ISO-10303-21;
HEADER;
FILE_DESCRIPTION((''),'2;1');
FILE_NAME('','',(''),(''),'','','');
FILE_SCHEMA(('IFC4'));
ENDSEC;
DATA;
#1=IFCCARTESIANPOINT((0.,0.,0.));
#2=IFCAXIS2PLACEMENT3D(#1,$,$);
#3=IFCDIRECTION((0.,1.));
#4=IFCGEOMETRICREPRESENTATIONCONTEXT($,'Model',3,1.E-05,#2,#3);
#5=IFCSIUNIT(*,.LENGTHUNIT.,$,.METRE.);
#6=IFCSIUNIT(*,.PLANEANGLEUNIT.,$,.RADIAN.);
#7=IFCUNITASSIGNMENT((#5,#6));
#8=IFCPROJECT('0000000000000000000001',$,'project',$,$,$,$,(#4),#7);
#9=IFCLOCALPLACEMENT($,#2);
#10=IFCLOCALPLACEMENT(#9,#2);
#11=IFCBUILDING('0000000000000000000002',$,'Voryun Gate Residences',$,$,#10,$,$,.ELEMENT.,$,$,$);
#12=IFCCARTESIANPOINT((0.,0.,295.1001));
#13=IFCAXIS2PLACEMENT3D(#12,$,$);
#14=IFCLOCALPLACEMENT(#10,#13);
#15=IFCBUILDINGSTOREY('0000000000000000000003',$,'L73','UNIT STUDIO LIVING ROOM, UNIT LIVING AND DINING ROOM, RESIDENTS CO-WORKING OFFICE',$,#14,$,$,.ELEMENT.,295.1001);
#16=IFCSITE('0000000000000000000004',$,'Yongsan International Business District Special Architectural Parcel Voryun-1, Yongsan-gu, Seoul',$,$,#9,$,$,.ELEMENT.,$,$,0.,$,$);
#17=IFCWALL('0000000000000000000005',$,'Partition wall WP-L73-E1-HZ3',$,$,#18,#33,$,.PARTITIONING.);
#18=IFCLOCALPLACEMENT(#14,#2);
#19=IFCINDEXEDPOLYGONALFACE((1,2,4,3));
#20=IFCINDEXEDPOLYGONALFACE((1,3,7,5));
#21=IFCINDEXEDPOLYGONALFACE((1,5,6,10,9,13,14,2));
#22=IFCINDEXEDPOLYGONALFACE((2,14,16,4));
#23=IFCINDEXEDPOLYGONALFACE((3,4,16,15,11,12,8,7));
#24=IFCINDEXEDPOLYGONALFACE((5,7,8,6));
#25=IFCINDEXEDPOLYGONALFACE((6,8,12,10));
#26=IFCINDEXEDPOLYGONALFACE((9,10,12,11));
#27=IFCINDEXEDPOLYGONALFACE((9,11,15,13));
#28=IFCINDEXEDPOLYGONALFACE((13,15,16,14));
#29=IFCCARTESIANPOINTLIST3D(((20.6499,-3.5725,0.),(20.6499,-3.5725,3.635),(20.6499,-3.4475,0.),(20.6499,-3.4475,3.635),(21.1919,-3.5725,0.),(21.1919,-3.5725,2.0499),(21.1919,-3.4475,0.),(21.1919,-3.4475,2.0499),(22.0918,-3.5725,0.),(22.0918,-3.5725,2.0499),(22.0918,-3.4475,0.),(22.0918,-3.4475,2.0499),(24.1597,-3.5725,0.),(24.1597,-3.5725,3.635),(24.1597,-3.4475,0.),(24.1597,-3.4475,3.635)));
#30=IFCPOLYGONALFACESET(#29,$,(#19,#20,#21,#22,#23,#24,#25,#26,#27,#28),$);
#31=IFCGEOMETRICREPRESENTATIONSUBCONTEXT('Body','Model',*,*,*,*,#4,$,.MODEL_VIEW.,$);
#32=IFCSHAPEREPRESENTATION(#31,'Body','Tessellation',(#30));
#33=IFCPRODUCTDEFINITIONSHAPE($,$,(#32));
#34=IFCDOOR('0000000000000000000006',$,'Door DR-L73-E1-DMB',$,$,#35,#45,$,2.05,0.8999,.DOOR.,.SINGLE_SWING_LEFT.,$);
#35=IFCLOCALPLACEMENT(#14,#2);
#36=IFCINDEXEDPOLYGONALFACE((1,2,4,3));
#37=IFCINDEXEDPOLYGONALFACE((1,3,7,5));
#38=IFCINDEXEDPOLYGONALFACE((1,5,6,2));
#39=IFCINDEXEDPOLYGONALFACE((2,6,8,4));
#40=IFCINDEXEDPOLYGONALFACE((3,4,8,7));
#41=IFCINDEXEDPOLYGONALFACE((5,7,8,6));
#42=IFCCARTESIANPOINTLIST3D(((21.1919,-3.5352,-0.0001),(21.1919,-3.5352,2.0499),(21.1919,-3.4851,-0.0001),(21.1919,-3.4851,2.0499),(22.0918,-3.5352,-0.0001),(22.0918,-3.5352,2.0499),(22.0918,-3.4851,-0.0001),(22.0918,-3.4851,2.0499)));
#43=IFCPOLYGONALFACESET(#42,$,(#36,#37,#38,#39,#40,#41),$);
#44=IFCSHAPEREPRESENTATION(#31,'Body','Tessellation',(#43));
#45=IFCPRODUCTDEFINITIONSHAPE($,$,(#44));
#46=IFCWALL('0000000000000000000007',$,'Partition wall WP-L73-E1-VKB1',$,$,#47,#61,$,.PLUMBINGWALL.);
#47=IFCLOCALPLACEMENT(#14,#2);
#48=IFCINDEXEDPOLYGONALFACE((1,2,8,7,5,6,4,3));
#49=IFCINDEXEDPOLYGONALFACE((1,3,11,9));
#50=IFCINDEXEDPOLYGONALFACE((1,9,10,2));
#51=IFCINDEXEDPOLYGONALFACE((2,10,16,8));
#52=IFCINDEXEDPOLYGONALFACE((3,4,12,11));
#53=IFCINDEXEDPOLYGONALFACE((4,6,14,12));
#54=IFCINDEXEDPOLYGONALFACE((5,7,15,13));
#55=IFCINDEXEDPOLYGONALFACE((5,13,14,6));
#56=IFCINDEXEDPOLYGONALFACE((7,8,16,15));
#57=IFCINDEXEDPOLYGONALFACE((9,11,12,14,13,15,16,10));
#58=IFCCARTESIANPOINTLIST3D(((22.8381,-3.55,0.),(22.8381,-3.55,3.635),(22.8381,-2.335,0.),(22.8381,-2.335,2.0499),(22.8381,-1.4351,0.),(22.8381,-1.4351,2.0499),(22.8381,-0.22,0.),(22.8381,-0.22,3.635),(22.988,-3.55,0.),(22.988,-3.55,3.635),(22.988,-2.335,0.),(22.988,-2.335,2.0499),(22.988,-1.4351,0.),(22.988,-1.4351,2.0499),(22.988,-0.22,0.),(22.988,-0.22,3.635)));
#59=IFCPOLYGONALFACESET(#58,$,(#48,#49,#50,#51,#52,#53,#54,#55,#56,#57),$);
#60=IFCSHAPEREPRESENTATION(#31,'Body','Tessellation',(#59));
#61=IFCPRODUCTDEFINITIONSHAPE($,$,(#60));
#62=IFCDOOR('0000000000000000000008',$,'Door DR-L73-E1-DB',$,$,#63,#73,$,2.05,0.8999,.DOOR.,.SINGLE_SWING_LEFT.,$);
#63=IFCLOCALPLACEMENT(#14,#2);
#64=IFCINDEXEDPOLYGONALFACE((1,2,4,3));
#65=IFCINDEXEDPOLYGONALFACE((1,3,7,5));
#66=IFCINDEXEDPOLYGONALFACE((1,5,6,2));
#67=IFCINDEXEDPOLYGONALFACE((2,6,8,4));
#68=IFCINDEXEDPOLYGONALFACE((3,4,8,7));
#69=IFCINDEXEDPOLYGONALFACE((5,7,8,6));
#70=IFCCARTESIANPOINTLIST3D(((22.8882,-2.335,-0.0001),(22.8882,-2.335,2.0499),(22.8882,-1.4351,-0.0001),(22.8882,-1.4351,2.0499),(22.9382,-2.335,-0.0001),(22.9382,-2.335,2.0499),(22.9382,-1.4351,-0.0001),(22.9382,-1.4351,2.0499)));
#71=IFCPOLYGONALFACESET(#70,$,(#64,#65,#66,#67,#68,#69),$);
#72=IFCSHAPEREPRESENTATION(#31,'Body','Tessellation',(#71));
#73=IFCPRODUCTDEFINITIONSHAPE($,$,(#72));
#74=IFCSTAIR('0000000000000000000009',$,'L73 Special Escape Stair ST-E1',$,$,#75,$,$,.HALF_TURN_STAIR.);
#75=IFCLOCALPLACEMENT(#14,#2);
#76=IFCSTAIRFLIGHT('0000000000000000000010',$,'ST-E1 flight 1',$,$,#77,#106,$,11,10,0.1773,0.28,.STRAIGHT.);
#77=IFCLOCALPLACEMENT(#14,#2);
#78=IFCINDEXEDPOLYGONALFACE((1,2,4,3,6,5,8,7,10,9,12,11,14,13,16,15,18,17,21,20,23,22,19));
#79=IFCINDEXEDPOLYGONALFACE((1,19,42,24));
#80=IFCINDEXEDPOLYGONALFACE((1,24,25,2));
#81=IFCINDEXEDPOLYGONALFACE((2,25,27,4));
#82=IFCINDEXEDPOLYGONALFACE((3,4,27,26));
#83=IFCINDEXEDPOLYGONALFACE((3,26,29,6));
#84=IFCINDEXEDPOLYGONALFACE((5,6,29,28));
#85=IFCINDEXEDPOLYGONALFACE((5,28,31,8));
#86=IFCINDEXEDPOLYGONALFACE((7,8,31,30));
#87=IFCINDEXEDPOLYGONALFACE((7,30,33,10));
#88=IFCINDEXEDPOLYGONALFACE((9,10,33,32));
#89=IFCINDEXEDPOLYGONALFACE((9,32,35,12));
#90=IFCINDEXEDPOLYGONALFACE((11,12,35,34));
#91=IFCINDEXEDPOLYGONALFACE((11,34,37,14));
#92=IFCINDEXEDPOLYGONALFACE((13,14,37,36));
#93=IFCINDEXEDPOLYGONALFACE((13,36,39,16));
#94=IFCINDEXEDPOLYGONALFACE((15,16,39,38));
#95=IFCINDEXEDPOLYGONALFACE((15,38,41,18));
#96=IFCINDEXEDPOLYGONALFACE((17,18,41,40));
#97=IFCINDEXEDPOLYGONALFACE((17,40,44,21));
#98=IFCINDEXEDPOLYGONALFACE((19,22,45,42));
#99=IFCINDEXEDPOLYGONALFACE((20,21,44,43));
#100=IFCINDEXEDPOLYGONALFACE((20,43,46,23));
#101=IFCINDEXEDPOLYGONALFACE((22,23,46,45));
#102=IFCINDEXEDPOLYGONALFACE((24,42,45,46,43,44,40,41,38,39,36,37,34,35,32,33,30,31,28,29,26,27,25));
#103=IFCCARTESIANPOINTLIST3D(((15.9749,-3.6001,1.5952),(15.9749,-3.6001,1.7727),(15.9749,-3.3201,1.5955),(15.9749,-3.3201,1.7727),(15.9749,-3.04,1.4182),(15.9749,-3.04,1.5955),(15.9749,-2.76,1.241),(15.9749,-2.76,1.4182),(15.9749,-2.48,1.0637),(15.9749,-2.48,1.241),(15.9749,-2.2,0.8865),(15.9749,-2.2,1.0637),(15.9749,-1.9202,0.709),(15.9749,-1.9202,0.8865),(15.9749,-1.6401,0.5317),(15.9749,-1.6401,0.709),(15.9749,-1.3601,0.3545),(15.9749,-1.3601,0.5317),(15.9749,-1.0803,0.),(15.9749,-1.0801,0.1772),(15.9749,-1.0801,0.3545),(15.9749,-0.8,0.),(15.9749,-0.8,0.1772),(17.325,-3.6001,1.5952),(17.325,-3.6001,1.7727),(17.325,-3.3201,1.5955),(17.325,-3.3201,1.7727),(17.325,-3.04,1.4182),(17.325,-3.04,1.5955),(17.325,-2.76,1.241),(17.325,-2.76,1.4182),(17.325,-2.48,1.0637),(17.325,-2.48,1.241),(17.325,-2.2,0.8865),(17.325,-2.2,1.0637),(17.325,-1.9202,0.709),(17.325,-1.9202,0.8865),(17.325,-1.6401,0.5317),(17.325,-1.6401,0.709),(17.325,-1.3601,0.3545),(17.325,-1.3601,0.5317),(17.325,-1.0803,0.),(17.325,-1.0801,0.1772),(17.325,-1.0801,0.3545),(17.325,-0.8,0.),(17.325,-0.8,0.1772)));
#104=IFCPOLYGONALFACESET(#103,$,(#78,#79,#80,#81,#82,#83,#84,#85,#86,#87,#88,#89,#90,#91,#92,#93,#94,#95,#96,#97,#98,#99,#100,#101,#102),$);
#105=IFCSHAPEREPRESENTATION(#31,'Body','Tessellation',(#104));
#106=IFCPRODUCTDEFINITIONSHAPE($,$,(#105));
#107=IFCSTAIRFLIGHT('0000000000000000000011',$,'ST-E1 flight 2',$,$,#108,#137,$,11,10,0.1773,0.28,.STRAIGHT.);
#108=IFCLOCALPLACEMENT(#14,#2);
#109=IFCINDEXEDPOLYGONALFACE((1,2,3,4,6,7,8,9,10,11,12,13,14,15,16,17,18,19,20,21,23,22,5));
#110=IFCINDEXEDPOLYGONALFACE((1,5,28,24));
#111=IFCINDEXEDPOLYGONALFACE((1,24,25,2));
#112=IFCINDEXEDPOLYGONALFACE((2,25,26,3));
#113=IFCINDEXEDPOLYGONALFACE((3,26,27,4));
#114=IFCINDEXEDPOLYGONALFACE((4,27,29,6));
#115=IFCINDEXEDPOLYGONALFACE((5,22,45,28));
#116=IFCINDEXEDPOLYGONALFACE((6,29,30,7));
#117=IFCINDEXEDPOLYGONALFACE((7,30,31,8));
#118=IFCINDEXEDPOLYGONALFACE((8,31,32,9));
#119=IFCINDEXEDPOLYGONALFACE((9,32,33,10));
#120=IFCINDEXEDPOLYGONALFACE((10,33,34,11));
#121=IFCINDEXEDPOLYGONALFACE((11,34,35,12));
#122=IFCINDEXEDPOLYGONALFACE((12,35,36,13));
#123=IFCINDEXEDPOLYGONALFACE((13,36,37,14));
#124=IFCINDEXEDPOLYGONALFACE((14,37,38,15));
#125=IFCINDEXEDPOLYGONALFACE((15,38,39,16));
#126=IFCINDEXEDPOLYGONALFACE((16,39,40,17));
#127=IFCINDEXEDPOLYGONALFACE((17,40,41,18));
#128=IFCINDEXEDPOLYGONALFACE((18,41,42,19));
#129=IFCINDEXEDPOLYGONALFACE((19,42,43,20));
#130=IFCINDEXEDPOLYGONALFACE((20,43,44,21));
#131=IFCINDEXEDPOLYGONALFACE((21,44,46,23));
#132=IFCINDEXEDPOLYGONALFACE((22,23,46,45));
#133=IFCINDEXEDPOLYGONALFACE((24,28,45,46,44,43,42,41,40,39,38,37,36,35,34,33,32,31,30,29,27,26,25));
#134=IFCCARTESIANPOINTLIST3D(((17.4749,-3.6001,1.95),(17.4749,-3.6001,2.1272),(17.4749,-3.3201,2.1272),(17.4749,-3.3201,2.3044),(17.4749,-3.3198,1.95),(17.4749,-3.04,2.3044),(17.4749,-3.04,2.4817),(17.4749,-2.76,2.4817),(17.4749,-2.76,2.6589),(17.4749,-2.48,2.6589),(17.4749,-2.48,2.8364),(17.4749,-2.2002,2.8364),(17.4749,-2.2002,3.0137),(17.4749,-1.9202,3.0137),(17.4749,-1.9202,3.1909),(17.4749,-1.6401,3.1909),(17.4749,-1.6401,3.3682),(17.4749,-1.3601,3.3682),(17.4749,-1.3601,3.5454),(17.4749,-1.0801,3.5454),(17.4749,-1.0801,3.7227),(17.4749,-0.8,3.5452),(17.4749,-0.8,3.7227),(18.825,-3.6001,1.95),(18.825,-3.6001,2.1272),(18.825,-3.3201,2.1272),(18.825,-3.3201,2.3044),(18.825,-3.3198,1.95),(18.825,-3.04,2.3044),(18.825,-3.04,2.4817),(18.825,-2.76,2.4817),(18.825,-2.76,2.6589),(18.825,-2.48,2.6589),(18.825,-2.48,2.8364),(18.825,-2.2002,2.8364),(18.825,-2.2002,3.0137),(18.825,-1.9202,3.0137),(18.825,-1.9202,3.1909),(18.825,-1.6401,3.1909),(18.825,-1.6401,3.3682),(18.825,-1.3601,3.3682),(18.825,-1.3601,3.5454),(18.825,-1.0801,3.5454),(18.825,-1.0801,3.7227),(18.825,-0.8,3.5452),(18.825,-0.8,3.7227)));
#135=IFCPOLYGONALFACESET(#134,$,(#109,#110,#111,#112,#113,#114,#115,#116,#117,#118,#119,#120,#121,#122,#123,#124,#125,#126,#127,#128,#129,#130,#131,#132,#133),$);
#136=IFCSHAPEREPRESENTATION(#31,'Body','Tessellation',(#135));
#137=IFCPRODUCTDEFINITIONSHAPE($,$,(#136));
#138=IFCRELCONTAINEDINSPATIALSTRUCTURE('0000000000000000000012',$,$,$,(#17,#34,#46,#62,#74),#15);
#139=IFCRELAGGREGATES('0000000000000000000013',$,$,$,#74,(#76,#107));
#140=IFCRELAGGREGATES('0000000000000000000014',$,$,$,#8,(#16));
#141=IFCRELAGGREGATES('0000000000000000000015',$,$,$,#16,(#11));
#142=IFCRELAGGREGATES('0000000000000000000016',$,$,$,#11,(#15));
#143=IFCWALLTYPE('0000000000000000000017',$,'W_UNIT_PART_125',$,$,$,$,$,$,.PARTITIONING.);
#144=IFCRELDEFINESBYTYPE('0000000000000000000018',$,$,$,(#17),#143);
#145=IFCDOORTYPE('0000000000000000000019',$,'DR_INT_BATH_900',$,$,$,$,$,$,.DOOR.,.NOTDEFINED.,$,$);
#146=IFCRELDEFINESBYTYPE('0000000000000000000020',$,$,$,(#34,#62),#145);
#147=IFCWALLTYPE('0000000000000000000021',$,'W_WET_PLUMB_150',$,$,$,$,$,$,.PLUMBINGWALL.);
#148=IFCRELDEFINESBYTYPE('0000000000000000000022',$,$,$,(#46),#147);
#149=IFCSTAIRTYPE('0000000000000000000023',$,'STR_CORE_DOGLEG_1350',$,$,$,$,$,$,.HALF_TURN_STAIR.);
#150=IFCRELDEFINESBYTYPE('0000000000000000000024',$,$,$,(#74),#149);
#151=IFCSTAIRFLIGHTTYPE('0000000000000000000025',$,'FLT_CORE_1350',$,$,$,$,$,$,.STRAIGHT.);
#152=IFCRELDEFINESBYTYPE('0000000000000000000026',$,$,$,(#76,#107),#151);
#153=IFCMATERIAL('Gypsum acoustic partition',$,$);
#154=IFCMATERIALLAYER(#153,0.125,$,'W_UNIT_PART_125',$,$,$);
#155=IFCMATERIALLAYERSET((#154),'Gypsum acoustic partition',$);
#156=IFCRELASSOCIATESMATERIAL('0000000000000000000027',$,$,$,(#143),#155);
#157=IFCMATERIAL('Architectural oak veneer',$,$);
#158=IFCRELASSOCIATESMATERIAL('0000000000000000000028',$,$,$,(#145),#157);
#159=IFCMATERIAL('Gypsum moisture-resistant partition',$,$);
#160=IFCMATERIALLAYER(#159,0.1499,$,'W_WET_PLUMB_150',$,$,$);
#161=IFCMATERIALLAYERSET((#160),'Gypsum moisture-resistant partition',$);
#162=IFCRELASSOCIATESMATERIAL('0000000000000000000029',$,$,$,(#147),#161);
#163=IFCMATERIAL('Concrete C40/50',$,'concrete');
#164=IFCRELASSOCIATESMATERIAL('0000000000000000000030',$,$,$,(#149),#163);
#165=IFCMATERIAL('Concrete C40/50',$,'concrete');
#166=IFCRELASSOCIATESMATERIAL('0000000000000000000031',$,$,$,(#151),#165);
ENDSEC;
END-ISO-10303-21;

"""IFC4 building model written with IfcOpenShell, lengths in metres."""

from ifc_helpers import new_model, si_unit, direction, frame, frame_2d, origin, place, context, subcontext, project, spatial, polyline, rectangle, outline, extrude, material, layer, layer_set, type_object, element, fill, aggregate, save


model = new_model("IFC4")

# Units and contexts
model_context = context("Model", 3, precision=1e-05, world=origin(), true_north=direction((0.0, 1.0)))
body_context = subcontext(model_context, "Body", "Model", "MODEL_VIEW")
ifc_project = project(units=[si_unit("LENGTHUNIT", "METRE"), si_unit("PLANEANGLEUNIT", "RADIAN")], contexts=[model_context])

# Site, building, storey
site_placement = place(None, origin())
site = spatial("IfcSite", under=ifc_project, at=site_placement, Name="Yongsan International Business District Special Architectural Parcel Voryun-1, Yongsan-gu, Seoul", CompositionType="ELEMENT", RefElevation=0.0)
building_placement = place(site_placement, origin())
building = spatial("IfcBuilding", under=site, at=building_placement, Name="Voryun Gate Residences", CompositionType="ELEMENT")
storey_placement = place(building_placement, frame((0.0, 0.0, 295.1001)))
storey = spatial("IfcBuildingStorey", under=building, at=storey_placement, Name="L73", Description="UNIT STUDIO LIVING ROOM, UNIT LIVING AND DINING ROOM, RESIDENTS CO-WORKING OFFICE", CompositionType="ELEMENT", Elevation=295.1001)

# Walls, openings, doors
ifc_material_1 = material(Name="Gypsum acoustic partition")
ifc_layer_1 = layer(ifc_material_1, 0.125, Name="W_UNIT_PART_125")
ifc_layer_set_1 = layer_set([ifc_layer_1], Name="Gypsum acoustic partition")
wall_type_1 = type_object("IfcWallType", Name="W_UNIT_PART_125", PredefinedType="PARTITIONING", material=ifc_layer_set_1)
wall_1_placement = place(storey_placement, frame((20.6499, -3.51, 0.0), z_axis=(0.0, 0.0, 1.0), x_axis=(1.0, 0.0, 0.0)))
wall_1 = element("IfcWall", 1, at=wall_1_placement, inside=storey, type_object=wall_type_1, Name="Partition wall WP-L73-E1-HZ3", PredefinedType="PARTITIONING", context=body_context, shape_type="SweptSolid", body=[
    extrude(rectangle(XDim=3.5098, YDim=0.125, at=frame_2d((1.7549, 0.0))), origin(), (0.0, 0.0, 1.0), 3.635),
])
opening_1_placement = place(wall_1_placement, frame((0.542, 0.0, 0.0)))
opening_1 = element("IfcOpeningElement", 2, at=opening_1_placement, cuts=wall_1, PredefinedType="OPENING", context=body_context, shape_type="SweptSolid", body=[
    extrude(rectangle(XDim=0.8999, YDim=2.05, at=frame_2d((0.45, 1.0249))), frame((0.0, 0.0725, 0.0), z_axis=(0.0, -1.0, 0.0), x_axis=(1.0, 0.0, 0.0)), (0.0, 0.0, 1.0), 0.145),
])
ifc_material_2 = material(Name="Architectural oak veneer")
door_type = type_object("IfcDoorType", Name="DR_INT_BATH_900", OperationType="NOTDEFINED", PredefinedType="DOOR", material=ifc_material_2)
door_1_placement = place(opening_1_placement, origin())
door_1 = element("IfcDoor", 3, at=door_1_placement, inside=storey, type_object=door_type, Name="Door DR-L73-E1-DMB", OperationType="SINGLE_SWING_LEFT", OverallHeight=2.05, OverallWidth=0.8999, PredefinedType="DOOR", context=body_context, shape_type="SweptSolid", body=[
    extrude(rectangle(XDim=0.8999, YDim=2.05, at=frame_2d((0.45, 1.0249))), frame((0.0, 0.0249, 0.0), z_axis=(0.0, -1.0, 0.0), x_axis=(1.0, 0.0, 0.0)), (0.0, 0.0, 1.0), 0.05),
])
fill(opening_1, door_1)
ifc_material_3 = material(Name="Gypsum moisture-resistant partition")
ifc_layer_2 = layer(ifc_material_3, 0.1499, Name="W_WET_PLUMB_150")
ifc_layer_set_2 = layer_set([ifc_layer_2], Name="Gypsum moisture-resistant partition")
wall_type_2 = type_object("IfcWallType", Name="W_WET_PLUMB_150", PredefinedType="PLUMBINGWALL", material=ifc_layer_set_2)
wall_2_placement = place(storey_placement, frame((22.9131, -3.55, 0.0), z_axis=(0.0, 0.0, 1.0), x_axis=(0.0, 1.0, 0.0)))
wall_2 = element("IfcWall", 4, at=wall_2_placement, inside=storey, type_object=wall_type_2, Name="Partition wall WP-L73-E1-VKB1", PredefinedType="PLUMBINGWALL", context=body_context, shape_type="SweptSolid", body=[
    extrude(rectangle(XDim=3.3301, YDim=0.1499, at=frame_2d((1.665, 0.0))), origin(), (0.0, 0.0, 1.0), 3.635),
])
opening_2_placement = place(wall_2_placement, frame((1.2151, 0.0, 0.0)))
opening_2 = element("IfcOpeningElement", 5, at=opening_2_placement, cuts=wall_2, PredefinedType="OPENING", context=body_context, shape_type="SweptSolid", body=[
    extrude(rectangle(XDim=0.8999, YDim=2.05, at=frame_2d((0.45, 1.0249))), frame((0.0, 0.085, 0.0), z_axis=(0.0, -1.0, 0.0), x_axis=(1.0, 0.0, 0.0)), (0.0, 0.0, 1.0), 0.1699),
])
door_2_placement = place(opening_2_placement, origin())
door_2 = element("IfcDoor", 6, at=door_2_placement, inside=storey, type_object=door_type, Name="Door DR-L73-E1-DB", OperationType="SINGLE_SWING_LEFT", OverallHeight=2.05, OverallWidth=0.8999, PredefinedType="DOOR", context=body_context, shape_type="SweptSolid", body=[
    extrude(rectangle(XDim=0.8999, YDim=2.05, at=frame_2d((0.45, 1.0249))), frame((0.0, 0.0249, 0.0), z_axis=(0.0, -1.0, 0.0), x_axis=(1.0, 0.0, 0.0)), (0.0, 0.0, 1.0), 0.05),
])
fill(opening_2, door_2)

# Stair, stair flights
ifc_material_4 = material(Name="Concrete C40/50", Category="concrete")
stair_type = type_object("IfcStairType", Name="STR_CORE_DOGLEG_1350", PredefinedType="HALF_TURN_STAIR", material=ifc_material_4)
stair_placement = place(storey_placement, origin())
stair = element("IfcStair", 7, at=stair_placement, inside=storey, type_object=stair_type, Name="L73 Special Escape Stair ST-E1", PredefinedType="HALF_TURN_STAIR")
ifc_material_5 = material(Name="Concrete C40/50", Category="concrete")
stair_flight_type = type_object("IfcStairFlightType", Name="FLT_CORE_1350", PredefinedType="STRAIGHT", material=ifc_material_5)
stair_flight_1_placement = place(storey_placement, frame((16.6499, -0.8, 0.0), z_axis=(0.0, 0.0, 1.0), x_axis=(0.0, -1.0, 0.0)))
stair_flight_1 = element("IfcStairFlight", 8, at=stair_flight_1_placement, type_object=stair_flight_type, Name="ST-E1 flight 1", NumberOfRisers=11, NumberOfTreads=10, PredefinedType="STRAIGHT", RiserHeight=0.1773, TreadLength=0.28, context=body_context, shape_type="SweptSolid", body=[
    extrude(outline(polyline([(0.0, 0.0), (0.0, 0.1772), (0.28, 0.1772), (0.28, 0.3545), (0.5601, 0.3545), (0.5601, 0.5317), (0.8401, 0.5317), (0.8401, 0.709), (1.1201, 0.709), (1.1201, 0.8865), (1.3999, 0.8865), (1.3999, 1.0637), (1.6799, 1.0637), (1.6799, 1.241), (1.96, 1.241), (1.96, 1.4182), (2.24, 1.4182), (2.24, 1.5955), (2.52, 1.5955), (2.52, 1.7727), (2.8, 1.7727), (2.8, 1.95), (2.8, 1.5952), (0.2803, 0.0), (0.0, 0.0)])), frame((0.0, 0.675, 0.0), z_axis=(0.0, -1.0, 0.0), x_axis=(1.0, 0.0, 0.0)), (0.0, 0.0, 1.0), 1.3501),
])
stair_flight_2_placement = place(storey_placement, frame((18.1499, -3.6001, 1.95), z_axis=(0.0, 0.0, 1.0), x_axis=(0.0, 1.0, 0.0)))
stair_flight_2 = element("IfcStairFlight", 9, at=stair_flight_2_placement, type_object=stair_flight_type, Name="ST-E1 flight 2", NumberOfRisers=11, NumberOfTreads=10, PredefinedType="STRAIGHT", RiserHeight=0.1773, TreadLength=0.28, context=body_context, shape_type="SweptSolid", body=[
    extrude(outline(polyline([(0.0, 0.0), (0.0, 0.1772), (0.28, 0.1772), (0.28, 0.3545), (0.5601, 0.3545), (0.5601, 0.5317), (0.8401, 0.5317), (0.8401, 0.709), (1.1201, 0.709), (1.1201, 0.8865), (1.3999, 0.8865), (1.3999, 1.0637), (1.6799, 1.0637), (1.6799, 1.241), (1.96, 1.241), (1.96, 1.4182), (2.24, 1.4182), (2.24, 1.5955), (2.52, 1.5955), (2.52, 1.7727), (2.8, 1.7727), (2.8, 1.95), (2.8, 1.5952), (0.2803, 0.0), (0.0, 0.0)])), frame((0.0, 0.675, 0.0), z_axis=(0.0, -1.0, 0.0), x_axis=(1.0, 0.0, 0.0)), (0.0, 0.0, 1.0), 1.3501),
])
aggregate(stair, [stair_flight_1, stair_flight_2])

save(model, "model.ifc")
